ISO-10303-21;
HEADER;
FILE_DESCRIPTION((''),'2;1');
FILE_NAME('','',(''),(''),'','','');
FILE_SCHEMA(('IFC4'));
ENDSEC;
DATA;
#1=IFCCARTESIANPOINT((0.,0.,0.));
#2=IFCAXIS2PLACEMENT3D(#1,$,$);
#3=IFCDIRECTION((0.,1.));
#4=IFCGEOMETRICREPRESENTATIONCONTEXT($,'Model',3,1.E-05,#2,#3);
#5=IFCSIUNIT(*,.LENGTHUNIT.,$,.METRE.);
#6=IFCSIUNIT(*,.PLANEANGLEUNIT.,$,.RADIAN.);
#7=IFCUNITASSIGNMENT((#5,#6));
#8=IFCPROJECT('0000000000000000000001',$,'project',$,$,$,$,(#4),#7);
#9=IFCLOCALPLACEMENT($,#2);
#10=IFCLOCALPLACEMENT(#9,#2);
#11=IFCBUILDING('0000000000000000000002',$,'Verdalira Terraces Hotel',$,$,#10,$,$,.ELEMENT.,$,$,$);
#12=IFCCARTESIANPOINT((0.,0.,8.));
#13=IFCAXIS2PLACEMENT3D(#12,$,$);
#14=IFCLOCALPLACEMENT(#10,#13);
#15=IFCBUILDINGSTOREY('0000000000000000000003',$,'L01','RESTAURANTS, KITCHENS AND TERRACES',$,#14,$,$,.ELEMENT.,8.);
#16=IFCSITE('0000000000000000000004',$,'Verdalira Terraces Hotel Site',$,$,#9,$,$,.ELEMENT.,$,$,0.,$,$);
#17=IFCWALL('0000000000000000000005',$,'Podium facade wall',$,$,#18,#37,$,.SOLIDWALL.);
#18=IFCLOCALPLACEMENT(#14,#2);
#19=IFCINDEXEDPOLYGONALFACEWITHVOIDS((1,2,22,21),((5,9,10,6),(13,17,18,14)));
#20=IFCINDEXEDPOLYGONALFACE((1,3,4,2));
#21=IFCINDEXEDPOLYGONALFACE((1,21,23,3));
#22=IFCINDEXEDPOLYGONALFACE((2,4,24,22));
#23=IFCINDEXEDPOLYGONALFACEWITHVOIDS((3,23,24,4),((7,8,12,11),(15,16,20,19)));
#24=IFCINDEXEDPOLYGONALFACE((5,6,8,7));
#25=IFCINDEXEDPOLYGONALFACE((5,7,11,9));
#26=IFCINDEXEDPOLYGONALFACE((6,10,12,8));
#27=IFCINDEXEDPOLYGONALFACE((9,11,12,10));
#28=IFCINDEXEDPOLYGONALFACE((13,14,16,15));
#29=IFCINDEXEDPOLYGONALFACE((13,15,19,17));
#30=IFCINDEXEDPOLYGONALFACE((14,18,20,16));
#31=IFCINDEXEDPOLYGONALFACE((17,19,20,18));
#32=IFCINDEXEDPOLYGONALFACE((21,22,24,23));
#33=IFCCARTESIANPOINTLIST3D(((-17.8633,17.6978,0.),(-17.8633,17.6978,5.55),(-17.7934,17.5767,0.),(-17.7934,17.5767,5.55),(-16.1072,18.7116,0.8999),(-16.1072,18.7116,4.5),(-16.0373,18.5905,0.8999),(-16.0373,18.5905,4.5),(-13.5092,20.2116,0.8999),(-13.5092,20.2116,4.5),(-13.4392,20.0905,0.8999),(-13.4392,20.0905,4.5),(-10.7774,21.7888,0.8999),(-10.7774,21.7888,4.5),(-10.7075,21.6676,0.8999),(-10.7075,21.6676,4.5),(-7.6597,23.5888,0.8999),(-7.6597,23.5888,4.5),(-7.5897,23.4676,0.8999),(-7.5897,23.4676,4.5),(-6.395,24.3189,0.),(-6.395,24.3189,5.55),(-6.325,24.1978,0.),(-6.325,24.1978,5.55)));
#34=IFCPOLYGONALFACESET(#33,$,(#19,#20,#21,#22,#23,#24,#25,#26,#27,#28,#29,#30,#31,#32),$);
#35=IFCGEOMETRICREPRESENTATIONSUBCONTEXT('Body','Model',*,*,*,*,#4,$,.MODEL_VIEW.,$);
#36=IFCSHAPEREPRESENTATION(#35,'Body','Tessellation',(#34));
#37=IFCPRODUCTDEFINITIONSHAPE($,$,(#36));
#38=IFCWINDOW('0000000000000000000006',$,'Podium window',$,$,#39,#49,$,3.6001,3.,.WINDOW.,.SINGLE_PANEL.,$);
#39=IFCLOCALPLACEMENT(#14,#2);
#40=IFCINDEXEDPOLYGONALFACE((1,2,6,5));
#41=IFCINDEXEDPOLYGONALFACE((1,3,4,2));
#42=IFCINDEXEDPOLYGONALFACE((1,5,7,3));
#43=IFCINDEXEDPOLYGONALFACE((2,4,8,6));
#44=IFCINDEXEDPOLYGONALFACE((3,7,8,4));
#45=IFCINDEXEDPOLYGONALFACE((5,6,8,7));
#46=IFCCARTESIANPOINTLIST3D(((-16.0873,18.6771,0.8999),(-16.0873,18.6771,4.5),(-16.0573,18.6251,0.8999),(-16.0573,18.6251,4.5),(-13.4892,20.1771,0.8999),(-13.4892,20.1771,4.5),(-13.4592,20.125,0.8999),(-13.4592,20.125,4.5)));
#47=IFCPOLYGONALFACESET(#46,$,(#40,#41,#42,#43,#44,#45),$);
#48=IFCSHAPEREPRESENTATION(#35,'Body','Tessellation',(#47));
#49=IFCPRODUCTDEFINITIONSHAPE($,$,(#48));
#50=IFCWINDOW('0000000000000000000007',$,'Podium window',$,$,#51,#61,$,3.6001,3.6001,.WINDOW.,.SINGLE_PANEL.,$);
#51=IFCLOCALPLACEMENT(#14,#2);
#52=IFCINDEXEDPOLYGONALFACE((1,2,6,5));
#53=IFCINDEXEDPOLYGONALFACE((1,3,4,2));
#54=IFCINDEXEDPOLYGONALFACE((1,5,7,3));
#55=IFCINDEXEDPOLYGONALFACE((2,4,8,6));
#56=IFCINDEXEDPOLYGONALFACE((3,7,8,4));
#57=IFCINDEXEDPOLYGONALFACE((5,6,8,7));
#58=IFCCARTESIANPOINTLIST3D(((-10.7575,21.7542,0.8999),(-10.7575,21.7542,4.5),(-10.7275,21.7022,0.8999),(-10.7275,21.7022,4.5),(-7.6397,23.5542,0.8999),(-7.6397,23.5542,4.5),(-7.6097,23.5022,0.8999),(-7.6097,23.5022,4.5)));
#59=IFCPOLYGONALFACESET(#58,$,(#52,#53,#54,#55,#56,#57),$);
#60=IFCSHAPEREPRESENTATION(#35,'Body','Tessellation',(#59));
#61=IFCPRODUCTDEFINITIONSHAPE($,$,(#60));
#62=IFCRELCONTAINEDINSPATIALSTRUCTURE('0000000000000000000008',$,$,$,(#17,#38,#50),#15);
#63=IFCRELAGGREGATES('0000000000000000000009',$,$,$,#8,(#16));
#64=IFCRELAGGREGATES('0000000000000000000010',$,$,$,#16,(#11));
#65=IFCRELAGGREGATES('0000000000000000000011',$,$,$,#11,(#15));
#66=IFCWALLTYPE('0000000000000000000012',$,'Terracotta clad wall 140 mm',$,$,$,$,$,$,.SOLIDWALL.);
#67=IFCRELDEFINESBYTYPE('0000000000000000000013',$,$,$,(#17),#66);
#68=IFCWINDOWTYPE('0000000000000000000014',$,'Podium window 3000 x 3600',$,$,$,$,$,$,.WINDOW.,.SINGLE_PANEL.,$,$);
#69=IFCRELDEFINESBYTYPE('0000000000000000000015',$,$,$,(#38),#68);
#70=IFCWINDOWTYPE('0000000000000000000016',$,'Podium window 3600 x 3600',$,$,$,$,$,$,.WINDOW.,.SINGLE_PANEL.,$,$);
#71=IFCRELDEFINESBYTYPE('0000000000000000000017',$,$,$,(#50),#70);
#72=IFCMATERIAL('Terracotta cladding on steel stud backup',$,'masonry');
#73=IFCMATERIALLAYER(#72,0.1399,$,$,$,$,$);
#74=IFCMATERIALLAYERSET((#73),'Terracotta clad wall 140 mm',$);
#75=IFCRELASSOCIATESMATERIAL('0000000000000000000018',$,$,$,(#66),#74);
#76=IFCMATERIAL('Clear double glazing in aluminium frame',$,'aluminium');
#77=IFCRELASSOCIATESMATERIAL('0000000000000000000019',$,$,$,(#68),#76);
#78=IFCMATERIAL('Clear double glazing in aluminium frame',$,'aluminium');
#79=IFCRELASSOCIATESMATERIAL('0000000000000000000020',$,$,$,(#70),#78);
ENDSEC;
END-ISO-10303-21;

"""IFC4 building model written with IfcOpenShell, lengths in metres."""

from ifc_helpers import new_model, si_unit, direction, frame, frame_2d, origin, place, context, subcontext, project, spatial, rectangle, extrude, material, layer, layer_set, type_object, element, fill, save


model = new_model("IFC4")

# Units and contexts
model_context = context("Model", 3, precision=1e-05, world=origin(), true_north=direction((0.0, 1.0)))
body_context = subcontext(model_context, "Body", "Model", "MODEL_VIEW")
ifc_project = project(units=[si_unit("LENGTHUNIT", "METRE"), si_unit("PLANEANGLEUNIT", "RADIAN")], contexts=[model_context])

# Site, building, storey
site_placement = place(None, origin())
site = spatial("IfcSite", under=ifc_project, at=site_placement, Name="Verdalira Terraces Hotel Site", CompositionType="ELEMENT", RefElevation=0.0)
building_placement = place(site_placement, origin())
building = spatial("IfcBuilding", under=site, at=building_placement, Name="Verdalira Terraces Hotel", CompositionType="ELEMENT")
storey_placement = place(building_placement, frame((0.0, 0.0, 8.0)))
storey = spatial("IfcBuildingStorey", under=building, at=storey_placement, Name="L01", Description="RESTAURANTS, KITCHENS AND TERRACES", CompositionType="ELEMENT", Elevation=8.0)

# Shared definitions
ifc_material_1 = material(Name="Terracotta cladding on steel stud backup", Category="masonry")
ifc_layer_1 = layer(ifc_material_1, 0.1399)
ifc_layer_set_1 = layer_set([ifc_layer_1], Name="Terracotta clad wall 140 mm")
wall_type_1 = type_object("IfcWallType", Name="Terracotta clad wall 140 mm", PredefinedType="SOLIDWALL", material=ifc_layer_set_1)

# Wall, openings, windows
wall_1_placement = place(storey_placement, frame((-6.3601, 24.2583, 0.0), z_axis=(0.0, 0.0, 1.0), x_axis=(-0.866029, -0.499994, 0.0)))
wall_1 = element("IfcWall", 1, at=wall_1_placement, inside=storey, type_object=wall_type_1, Name="Podium facade wall", PredefinedType="SOLIDWALL", context=body_context, shape_type="SweptSolid", body=[
    extrude(rectangle(XDim=13.2424, YDim=0.1399, at=frame_2d((6.6211, 0.0))), origin(), (0.0, 0.0, 1.0), 5.55),
])
opening_1_placement = place(wall_1_placement, frame((1.4602, 0.0, 0.8999)))
opening_1 = element("IfcOpeningElement", 2, at=opening_1_placement, cuts=wall_1, PredefinedType="OPENING", context=body_context, shape_type="SweptSolid", body=[
    extrude(rectangle(XDim=3.6001, YDim=3.6001, at=frame_2d((1.8, 1.8))), frame((0.0, 0.0798, 0.0), z_axis=(0.0, -1.0, 0.0), x_axis=(1.0, 0.0, 0.0)), (0.0, 0.0, 1.0), 0.1599),
])
opening_2_placement = place(wall_1_placement, frame((8.2146, 0.0, 0.8999)))
opening_2 = element("IfcOpeningElement", 3, at=opening_2_placement, cuts=wall_1, PredefinedType="OPENING", context=body_context, shape_type="SweptSolid", body=[
    extrude(rectangle(XDim=3.0, YDim=3.6001, at=frame_2d((1.5, 1.8))), frame((0.0, 0.0798, 0.0), z_axis=(0.0, -1.0, 0.0), x_axis=(1.0, 0.0, 0.0)), (0.0, 0.0, 1.0), 0.1599),
])
ifc_material_2 = material(Name="Clear double glazing in aluminium frame", Category="aluminium")
window_type_1 = type_object("IfcWindowType", Name="Podium window 3000 x 3600", PartitioningType="SINGLE_PANEL", PredefinedType="WINDOW", material=ifc_material_2)
window_1_placement = place(opening_2_placement, origin())
window_1 = element("IfcWindow", 4, at=window_1_placement, inside=storey, type_object=window_type_1, Name="Podium window", OverallHeight=3.6001, OverallWidth=3.0, PartitioningType="SINGLE_PANEL", PredefinedType="WINDOW", context=body_context, shape_type="SweptSolid", body=[
    extrude(rectangle(XDim=3.0, YDim=3.6001, at=frame_2d((1.5, 1.8))), frame((0.0, 0.03, 0.0), z_axis=(0.0, -1.0, 0.0), x_axis=(1.0, 0.0, 0.0)), (0.0, 0.0, 1.0), 0.0601),
])
fill(opening_2, window_1)
ifc_material_3 = material(Name="Clear double glazing in aluminium frame", Category="aluminium")
window_type_2 = type_object("IfcWindowType", Name="Podium window 3600 x 3600", PartitioningType="SINGLE_PANEL", PredefinedType="WINDOW", material=ifc_material_3)
window_2_placement = place(opening_1_placement, origin())
window_2 = element("IfcWindow", 5, at=window_2_placement, inside=storey, type_object=window_type_2, Name="Podium window", OverallHeight=3.6001, OverallWidth=3.6001, PartitioningType="SINGLE_PANEL", PredefinedType="WINDOW", context=body_context, shape_type="SweptSolid", body=[
    extrude(rectangle(XDim=3.6001, YDim=3.6001, at=frame_2d((1.8, 1.8))), frame((0.0, 0.03, 0.0), z_axis=(0.0, -1.0, 0.0), x_axis=(1.0, 0.0, 0.0)), (0.0, 0.0, 1.0), 0.0601),
])
fill(opening_1, window_2)

save(model, "model.ifc")
